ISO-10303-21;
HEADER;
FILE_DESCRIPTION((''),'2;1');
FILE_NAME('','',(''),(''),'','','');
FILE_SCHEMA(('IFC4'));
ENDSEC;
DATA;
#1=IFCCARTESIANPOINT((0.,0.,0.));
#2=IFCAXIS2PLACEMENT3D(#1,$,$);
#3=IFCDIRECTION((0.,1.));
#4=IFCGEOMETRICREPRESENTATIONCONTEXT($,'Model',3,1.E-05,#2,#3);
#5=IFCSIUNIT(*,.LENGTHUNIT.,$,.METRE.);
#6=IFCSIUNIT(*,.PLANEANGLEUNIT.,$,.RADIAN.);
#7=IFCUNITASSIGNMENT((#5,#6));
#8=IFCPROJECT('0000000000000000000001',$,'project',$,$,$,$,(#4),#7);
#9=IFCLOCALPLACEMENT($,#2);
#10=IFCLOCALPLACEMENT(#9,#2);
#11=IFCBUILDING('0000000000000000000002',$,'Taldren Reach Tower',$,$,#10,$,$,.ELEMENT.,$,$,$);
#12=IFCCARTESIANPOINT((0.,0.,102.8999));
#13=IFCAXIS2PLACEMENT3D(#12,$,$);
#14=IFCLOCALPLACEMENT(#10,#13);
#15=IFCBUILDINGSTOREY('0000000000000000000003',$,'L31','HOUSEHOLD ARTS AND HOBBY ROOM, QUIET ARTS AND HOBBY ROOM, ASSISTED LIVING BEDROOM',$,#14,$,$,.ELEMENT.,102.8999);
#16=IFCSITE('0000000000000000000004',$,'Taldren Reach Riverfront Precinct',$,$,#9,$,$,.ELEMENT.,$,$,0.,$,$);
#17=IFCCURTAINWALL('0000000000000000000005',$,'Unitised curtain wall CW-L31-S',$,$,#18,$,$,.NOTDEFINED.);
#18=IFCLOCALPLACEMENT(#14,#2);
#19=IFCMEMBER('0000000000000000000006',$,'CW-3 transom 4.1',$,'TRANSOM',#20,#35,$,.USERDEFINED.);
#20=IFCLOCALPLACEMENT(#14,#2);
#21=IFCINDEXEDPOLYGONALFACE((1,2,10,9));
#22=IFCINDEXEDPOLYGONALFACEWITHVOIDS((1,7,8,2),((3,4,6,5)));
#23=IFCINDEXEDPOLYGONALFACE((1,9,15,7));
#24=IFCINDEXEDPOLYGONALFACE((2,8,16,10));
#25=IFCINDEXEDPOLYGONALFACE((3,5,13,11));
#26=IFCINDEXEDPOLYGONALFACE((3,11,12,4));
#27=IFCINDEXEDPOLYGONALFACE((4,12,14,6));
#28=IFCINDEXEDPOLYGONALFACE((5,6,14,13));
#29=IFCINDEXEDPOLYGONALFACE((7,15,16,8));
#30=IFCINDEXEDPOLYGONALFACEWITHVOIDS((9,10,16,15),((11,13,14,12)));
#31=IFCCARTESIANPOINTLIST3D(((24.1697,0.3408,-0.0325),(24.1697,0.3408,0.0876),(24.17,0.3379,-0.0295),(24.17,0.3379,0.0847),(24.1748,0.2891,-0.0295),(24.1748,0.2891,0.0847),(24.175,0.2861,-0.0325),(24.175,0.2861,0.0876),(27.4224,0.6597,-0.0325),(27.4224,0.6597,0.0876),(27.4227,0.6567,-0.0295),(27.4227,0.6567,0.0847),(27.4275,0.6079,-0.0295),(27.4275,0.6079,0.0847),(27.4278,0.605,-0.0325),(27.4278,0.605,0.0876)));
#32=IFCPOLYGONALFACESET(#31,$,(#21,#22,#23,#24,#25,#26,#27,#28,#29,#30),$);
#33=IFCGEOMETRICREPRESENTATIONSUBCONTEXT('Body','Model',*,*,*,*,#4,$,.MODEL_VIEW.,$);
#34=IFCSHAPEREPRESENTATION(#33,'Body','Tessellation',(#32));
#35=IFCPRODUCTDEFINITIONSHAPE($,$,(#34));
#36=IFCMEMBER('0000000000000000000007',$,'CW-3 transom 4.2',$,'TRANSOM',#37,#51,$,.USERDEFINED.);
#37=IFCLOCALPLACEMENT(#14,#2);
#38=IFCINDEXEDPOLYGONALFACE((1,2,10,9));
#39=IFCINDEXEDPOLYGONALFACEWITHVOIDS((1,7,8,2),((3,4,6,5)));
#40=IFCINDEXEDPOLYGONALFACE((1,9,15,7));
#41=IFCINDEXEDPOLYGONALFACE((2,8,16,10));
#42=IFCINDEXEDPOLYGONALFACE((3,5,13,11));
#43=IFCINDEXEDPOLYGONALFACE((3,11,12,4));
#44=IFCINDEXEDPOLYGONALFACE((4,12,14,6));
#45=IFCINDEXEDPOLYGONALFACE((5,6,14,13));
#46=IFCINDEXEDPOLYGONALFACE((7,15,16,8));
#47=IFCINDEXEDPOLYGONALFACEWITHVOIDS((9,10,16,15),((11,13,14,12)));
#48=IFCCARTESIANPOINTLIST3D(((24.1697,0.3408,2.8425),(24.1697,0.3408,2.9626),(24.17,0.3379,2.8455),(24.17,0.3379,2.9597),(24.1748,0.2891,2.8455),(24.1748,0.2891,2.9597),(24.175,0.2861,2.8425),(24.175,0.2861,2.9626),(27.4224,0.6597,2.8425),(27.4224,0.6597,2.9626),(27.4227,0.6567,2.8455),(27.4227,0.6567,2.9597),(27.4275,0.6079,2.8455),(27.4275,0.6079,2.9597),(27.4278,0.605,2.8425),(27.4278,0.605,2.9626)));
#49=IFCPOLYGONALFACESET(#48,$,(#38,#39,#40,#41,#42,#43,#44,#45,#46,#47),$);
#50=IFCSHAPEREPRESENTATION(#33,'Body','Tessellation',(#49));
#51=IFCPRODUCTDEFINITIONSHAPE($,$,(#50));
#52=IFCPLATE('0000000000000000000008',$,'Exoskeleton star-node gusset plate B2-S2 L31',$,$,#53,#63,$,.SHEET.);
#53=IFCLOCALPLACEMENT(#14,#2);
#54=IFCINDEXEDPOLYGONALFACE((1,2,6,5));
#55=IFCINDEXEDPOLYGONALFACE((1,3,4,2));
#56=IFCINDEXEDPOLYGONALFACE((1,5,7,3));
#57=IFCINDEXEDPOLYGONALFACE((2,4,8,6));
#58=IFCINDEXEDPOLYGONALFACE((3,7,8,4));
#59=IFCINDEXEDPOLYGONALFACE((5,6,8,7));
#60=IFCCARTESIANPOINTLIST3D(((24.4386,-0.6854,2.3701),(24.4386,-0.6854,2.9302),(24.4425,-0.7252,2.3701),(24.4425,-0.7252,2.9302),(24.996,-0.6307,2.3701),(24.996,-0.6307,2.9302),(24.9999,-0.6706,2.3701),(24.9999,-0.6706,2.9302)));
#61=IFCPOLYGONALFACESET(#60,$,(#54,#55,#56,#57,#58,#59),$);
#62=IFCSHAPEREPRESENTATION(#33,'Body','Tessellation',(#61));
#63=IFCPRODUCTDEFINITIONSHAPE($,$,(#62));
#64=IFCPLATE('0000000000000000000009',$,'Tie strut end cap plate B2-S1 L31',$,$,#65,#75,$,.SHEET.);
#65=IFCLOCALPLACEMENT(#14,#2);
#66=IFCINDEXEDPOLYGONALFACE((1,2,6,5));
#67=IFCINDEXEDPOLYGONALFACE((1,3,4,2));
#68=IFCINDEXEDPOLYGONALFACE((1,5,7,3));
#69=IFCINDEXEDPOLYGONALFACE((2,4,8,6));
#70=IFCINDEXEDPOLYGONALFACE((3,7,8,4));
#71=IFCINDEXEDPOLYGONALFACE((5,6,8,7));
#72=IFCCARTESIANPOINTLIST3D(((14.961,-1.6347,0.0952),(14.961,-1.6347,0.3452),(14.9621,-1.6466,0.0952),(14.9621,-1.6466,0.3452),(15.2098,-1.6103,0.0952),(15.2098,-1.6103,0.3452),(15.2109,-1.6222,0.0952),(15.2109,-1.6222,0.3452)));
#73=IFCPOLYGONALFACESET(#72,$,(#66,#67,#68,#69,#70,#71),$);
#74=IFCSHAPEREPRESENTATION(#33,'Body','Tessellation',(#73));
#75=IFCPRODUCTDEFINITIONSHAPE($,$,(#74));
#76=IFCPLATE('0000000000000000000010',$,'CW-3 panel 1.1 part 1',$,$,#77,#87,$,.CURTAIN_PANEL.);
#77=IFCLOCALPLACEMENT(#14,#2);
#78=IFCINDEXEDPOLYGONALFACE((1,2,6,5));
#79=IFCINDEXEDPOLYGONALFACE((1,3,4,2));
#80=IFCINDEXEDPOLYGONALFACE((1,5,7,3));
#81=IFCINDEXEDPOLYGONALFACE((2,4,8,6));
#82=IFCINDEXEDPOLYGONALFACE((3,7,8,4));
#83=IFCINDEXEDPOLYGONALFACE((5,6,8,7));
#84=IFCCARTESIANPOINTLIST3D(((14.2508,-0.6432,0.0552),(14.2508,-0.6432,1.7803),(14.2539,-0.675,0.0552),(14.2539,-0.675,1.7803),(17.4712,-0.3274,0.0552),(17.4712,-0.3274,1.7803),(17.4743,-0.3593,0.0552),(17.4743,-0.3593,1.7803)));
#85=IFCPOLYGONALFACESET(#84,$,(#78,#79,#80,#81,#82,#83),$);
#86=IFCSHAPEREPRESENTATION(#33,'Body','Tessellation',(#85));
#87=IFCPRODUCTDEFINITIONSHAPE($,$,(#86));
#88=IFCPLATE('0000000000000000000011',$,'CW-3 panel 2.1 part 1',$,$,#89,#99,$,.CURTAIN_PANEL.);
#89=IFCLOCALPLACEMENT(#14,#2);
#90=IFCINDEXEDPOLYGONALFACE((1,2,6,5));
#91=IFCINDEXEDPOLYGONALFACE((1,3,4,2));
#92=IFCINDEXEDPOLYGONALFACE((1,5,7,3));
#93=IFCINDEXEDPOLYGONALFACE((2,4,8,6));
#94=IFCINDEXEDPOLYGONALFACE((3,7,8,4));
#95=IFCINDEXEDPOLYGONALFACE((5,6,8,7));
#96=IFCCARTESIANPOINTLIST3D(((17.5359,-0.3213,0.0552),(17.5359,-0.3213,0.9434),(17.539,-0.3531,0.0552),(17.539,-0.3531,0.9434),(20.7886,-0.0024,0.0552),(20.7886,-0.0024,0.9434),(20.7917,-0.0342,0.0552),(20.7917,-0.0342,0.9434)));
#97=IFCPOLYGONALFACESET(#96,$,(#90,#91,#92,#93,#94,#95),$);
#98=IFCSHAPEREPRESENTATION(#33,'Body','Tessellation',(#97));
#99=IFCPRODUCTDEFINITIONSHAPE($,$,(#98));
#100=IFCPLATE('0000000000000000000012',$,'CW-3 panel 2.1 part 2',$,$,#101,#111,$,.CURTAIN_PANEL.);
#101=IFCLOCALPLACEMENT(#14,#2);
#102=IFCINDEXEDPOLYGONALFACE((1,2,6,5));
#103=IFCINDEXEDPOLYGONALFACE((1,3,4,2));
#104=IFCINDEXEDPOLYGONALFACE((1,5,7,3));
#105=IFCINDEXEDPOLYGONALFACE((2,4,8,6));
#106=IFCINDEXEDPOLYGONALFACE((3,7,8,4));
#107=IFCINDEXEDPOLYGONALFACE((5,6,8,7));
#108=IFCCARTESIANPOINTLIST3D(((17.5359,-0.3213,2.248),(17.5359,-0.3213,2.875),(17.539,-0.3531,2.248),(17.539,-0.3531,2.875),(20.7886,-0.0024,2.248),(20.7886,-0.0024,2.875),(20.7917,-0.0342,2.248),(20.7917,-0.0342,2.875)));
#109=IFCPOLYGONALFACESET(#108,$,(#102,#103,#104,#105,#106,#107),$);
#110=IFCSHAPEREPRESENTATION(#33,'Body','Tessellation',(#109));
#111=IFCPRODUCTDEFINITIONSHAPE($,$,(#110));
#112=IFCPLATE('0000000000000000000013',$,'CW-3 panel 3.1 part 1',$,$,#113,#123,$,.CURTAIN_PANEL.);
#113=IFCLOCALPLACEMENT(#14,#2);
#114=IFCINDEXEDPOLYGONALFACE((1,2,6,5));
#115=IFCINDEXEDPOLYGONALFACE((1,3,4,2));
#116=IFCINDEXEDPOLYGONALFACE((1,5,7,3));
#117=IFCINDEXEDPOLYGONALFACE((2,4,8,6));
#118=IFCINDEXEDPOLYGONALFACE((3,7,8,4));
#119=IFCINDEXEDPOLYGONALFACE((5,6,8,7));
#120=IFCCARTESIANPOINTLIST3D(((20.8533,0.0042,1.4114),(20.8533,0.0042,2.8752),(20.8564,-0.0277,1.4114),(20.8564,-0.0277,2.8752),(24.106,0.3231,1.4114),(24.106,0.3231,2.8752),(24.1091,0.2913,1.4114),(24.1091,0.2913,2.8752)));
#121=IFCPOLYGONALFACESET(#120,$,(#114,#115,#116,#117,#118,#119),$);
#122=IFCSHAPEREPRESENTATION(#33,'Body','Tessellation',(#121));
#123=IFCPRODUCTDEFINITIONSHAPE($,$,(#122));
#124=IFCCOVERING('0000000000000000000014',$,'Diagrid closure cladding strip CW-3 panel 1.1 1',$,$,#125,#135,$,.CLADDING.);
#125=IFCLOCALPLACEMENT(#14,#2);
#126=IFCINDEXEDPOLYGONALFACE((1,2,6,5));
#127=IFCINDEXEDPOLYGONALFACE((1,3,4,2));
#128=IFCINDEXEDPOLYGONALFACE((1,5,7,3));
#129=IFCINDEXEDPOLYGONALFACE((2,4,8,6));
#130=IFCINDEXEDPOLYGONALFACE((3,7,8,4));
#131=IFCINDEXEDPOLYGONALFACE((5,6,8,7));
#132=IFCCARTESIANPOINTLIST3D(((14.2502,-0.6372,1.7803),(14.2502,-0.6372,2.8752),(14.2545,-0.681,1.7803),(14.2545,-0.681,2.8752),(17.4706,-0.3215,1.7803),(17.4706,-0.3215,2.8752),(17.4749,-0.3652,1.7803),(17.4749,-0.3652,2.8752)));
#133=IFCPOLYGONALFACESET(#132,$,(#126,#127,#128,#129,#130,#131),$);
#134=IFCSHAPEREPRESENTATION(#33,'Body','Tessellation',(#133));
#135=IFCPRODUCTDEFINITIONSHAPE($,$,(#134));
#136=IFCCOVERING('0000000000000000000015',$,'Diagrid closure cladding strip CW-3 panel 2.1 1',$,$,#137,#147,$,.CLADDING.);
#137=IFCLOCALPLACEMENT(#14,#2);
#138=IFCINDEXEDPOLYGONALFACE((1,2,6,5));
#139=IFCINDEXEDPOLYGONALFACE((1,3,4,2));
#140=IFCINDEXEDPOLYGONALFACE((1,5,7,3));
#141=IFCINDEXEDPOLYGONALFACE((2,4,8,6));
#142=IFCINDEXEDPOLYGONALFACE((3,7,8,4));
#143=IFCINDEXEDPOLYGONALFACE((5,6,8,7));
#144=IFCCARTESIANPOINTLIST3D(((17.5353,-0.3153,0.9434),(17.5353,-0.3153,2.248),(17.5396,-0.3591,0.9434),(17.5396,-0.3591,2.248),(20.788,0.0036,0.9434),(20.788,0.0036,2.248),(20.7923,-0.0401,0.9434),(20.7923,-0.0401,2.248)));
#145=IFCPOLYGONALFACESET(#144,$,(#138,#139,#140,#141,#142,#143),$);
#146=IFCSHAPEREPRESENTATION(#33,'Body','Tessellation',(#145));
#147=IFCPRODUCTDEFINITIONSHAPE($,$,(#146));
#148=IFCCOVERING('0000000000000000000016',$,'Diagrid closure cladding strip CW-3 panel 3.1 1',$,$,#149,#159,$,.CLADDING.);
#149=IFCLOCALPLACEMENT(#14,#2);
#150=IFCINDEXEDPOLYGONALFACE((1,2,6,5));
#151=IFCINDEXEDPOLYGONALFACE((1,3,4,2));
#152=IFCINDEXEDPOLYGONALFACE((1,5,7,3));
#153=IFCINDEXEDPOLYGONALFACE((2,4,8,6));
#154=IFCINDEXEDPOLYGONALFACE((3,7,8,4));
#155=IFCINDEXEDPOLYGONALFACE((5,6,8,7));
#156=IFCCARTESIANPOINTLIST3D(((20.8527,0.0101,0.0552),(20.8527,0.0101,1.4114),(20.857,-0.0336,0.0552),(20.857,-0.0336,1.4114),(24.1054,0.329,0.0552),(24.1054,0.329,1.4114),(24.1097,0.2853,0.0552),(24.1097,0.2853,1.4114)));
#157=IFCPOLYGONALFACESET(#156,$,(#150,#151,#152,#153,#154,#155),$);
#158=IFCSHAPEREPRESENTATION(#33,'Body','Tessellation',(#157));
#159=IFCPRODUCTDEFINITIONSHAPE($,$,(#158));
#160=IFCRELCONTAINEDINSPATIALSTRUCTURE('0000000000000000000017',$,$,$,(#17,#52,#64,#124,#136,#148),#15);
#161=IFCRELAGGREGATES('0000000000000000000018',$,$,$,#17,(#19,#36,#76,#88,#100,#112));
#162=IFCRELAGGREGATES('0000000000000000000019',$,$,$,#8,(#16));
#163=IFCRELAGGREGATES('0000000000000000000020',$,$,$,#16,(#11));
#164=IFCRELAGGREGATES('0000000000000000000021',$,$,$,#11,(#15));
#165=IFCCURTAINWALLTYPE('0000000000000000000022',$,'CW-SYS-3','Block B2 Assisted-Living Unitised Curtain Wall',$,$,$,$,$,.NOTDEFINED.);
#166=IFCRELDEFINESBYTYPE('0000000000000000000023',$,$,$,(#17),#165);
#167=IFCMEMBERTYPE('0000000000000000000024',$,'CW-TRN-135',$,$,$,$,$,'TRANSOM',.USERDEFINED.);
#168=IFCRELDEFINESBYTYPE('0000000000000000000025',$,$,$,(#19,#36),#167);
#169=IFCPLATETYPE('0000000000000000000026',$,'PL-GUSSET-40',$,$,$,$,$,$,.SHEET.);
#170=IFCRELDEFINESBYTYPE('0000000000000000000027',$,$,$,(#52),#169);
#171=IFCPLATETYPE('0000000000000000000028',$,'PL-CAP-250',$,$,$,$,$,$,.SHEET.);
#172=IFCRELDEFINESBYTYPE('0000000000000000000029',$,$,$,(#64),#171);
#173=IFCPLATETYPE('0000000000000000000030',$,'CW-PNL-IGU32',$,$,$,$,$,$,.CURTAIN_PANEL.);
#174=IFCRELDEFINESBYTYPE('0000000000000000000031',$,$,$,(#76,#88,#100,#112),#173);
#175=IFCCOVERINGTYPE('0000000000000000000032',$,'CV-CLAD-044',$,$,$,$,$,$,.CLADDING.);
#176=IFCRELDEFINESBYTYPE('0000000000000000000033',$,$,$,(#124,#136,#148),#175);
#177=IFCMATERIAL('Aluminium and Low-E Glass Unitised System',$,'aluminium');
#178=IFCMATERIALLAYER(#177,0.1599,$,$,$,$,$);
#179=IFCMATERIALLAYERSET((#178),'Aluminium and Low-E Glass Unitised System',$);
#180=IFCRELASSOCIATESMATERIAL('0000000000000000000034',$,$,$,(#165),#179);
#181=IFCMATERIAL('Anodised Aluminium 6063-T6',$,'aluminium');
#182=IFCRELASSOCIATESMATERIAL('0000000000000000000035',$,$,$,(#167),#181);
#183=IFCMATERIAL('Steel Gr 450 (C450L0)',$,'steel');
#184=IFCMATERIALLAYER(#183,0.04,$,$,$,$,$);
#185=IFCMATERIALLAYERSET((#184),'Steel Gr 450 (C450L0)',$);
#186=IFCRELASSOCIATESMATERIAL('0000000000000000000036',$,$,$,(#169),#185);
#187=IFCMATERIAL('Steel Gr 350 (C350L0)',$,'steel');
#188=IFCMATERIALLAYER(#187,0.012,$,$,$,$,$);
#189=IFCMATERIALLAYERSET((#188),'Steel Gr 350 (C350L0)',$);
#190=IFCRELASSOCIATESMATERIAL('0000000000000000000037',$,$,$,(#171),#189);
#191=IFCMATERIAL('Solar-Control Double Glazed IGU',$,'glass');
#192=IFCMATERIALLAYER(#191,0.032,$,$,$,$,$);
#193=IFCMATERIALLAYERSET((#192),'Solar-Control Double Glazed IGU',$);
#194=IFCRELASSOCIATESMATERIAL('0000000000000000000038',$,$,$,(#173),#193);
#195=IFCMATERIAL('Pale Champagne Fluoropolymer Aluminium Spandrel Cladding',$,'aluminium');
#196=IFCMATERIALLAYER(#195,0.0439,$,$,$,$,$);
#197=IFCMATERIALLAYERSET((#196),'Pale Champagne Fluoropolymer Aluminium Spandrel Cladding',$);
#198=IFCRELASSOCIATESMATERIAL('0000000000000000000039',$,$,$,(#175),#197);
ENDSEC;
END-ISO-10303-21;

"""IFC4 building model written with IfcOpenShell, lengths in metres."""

from ifc_helpers import new_model, si_unit, direction, frame, origin, origin_2d, place, context, subcontext, project, spatial, rectangle, hollow_rectangle, extrude, source, transform, mapped, material, layer, layer_set, material_profile, profile_set, type_object, element, aggregate, save


model = new_model("IFC4")

# Units and contexts
model_context = context("Model", 3, precision=1e-05, world=origin(), true_north=direction((0.0, 1.0)))
body_context = subcontext(model_context, "Body", "Model", "MODEL_VIEW")
ifc_project = project(units=[si_unit("LENGTHUNIT", "METRE"), si_unit("PLANEANGLEUNIT", "RADIAN")], contexts=[model_context])

# Site, building, storey
site_placement = place(None, origin())
site = spatial("IfcSite", under=ifc_project, at=site_placement, Name="Taldren Reach Riverfront Precinct", CompositionType="ELEMENT", RefElevation=0.0)
building_placement = place(site_placement, origin())
building = spatial("IfcBuilding", under=site, at=building_placement, Name="Taldren Reach Tower", CompositionType="ELEMENT")
storey_placement = place(building_placement, frame((0.0, 0.0, 102.8999)))
storey = spatial("IfcBuildingStorey", under=building, at=storey_placement, Name="L31", Description="HOUSEHOLD ARTS AND HOBBY ROOM, QUIET ARTS AND HOBBY ROOM, ASSISTED LIVING BEDROOM", CompositionType="ELEMENT", Elevation=102.8999)

# Shared definitions
ifc_material_1 = material(Name="Steel Gr 450 (C450L0)", Category="steel")
ifc_material_2 = material(Name="Steel Gr 350 (C350L0)", Category="steel")

# Curtain wall, members
ifc_material_3 = material(Name="Aluminium and Low-E Glass Unitised System", Category="aluminium")
ifc_layer_1 = layer(ifc_material_3, 0.1599)
ifc_layer_set_1 = layer_set([ifc_layer_1], Name="Aluminium and Low-E Glass Unitised System")
curtain_wall_type = type_object("IfcCurtainWallType", Name="CW-SYS-3", Description="Block B2 Assisted-Living Unitised Curtain Wall", PredefinedType="NOTDEFINED", material=ifc_layer_set_1)
curtain_wall_placement = place(storey_placement, origin())
curtain_wall = element("IfcCurtainWall", 1, at=curtain_wall_placement, inside=storey, type_object=curtain_wall_type, Name="Unitised curtain wall CW-L31-S", PredefinedType="NOTDEFINED")
ifc_material_4 = material(Name="Anodised Aluminium 6063-T6", Category="aluminium")
ifc_material_profile_1 = material_profile(ifc_material_4, hollow_rectangle(XDim=0.0549, YDim=0.1201, WallThickness=0.0029, at=origin_2d()), Name="ALU-120x55x3RHS")
ifc_profile_set_1 = profile_set([ifc_material_profile_1], Name="Anodised Aluminium 6063-T6")
member_type_1 = type_object("IfcMemberType", Name="CW-TRN-135", ElementType="TRANSOM", PredefinedType="USERDEFINED", material=ifc_profile_set_1)
shared_shape_1 = source(origin(), body_context, "Body", "SweptSolid", [
    extrude(hollow_rectangle(XDim=0.0549, YDim=0.1201, WallThickness=0.0029, at=origin_2d()), origin(), (0.0, 0.0, 1.0), 3.2683),
])
member_1_placement = place(storey_placement, frame((24.1724, 0.3135, 0.0276), z_axis=(0.99523, 0.097558, 0.0), x_axis=(-0.097558, 0.99523, 0.0)))
member_1 = element("IfcMember", 2, at=member_1_placement, type_object=member_type_1, Name="CW-3 transom 4.1", ObjectType="TRANSOM", PredefinedType="USERDEFINED", context=body_context, shape_type="MappedRepresentation", body=[
    mapped(shared_shape_1, transform((0.0, 0.0, 0.0), scale=1.0)),
])
member_2_placement = place(storey_placement, frame((24.1724, 0.3135, 2.9026), z_axis=(0.99523, 0.097558, 0.0), x_axis=(-0.097558, 0.99523, 0.0)))
member_2 = element("IfcMember", 3, at=member_2_placement, type_object=member_type_1, Name="CW-3 transom 4.2", ObjectType="TRANSOM", PredefinedType="USERDEFINED", context=body_context, shape_type="MappedRepresentation", body=[
    mapped(shared_shape_1, transform((0.0, 0.0, 0.0), scale=1.0)),
])

# Plates
ifc_layer_2 = layer(ifc_material_1, 0.04)
ifc_layer_set_2 = layer_set([ifc_layer_2], Name="Steel Gr 450 (C450L0)")
plate_type_1 = type_object("IfcPlateType", Name="PL-GUSSET-40", PredefinedType="SHEET", material=ifc_layer_set_2)
shared_shape_2 = source(origin(), body_context, "Body", "SweptSolid", [
    extrude(rectangle(XDim=0.5601, YDim=0.04, at=origin_2d()), origin(), (0.0, 0.0, 1.0), 0.5601),
])
plate_1_placement = place(storey_placement, frame((24.7192, -0.678, 2.3701), z_axis=(0.0, 0.0, 1.0), x_axis=(0.995227, 0.097583, 0.0)))
element("IfcPlate", 4, at=plate_1_placement, inside=storey, type_object=plate_type_1, Name="Exoskeleton star-node gusset plate B2-S2 L31", PredefinedType="SHEET", context=body_context, shape_type="MappedRepresentation", body=[
    mapped(shared_shape_2, transform((0.0, 0.0, 0.0), scale=1.0)),
])
ifc_layer_3 = layer(ifc_material_2, 0.012)
ifc_layer_set_3 = layer_set([ifc_layer_3], Name="Steel Gr 350 (C350L0)")
plate_type_2 = type_object("IfcPlateType", Name="PL-CAP-250", PredefinedType="SHEET", material=ifc_layer_set_3)
shared_shape_3 = source(origin(), body_context, "Body", "SweptSolid", [
    extrude(rectangle(XDim=0.25, YDim=0.012, at=origin_2d()), origin(), (0.0, 0.0, 1.0), 0.25),
])
plate_2_placement = place(storey_placement, frame((15.0859, -1.6284, 0.0952), z_axis=(0.0, 0.0, 1.0), x_axis=(0.995227, 0.097583, 0.0)))
element("IfcPlate", 5, at=plate_2_placement, inside=storey, type_object=plate_type_2, Name="Tie strut end cap plate B2-S1 L31", PredefinedType="SHEET", context=body_context, shape_type="MappedRepresentation", body=[
    mapped(shared_shape_3, transform((0.0, 0.0, 0.0), scale=1.0)),
])

# Plates
ifc_material_5 = material(Name="Solar-Control Double Glazed IGU", Category="glass")
ifc_layer_4 = layer(ifc_material_5, 0.032)
ifc_layer_set_4 = layer_set([ifc_layer_4], Name="Solar-Control Double Glazed IGU")
plate_type_3 = type_object("IfcPlateType", Name="CW-PNL-IGU32", PredefinedType="CURTAIN_PANEL", material=ifc_layer_set_4)
shared_shape_4 = source(origin(), body_context, "Body", "SweptSolid", [
    extrude(rectangle(XDim=3.2358, YDim=0.032, at=origin_2d()), origin(), (0.0, 0.0, 1.0), 1.7251),
])
plate_3_placement = place(storey_placement, frame((15.8625, -0.5012, 0.0552), z_axis=(0.0, 0.0, 1.0), x_axis=(0.995227, 0.097583, 0.0)))
plate_3 = element("IfcPlate", 6, at=plate_3_placement, type_object=plate_type_3, Name="CW-3 panel 1.1 part 1", PredefinedType="CURTAIN_PANEL", context=body_context, shape_type="MappedRepresentation", body=[
    mapped(shared_shape_4, transform((0.0, 0.0, 0.0), scale=1.0)),
])
shared_shape_5 = source(origin(), body_context, "Body", "SweptSolid", [
    extrude(rectangle(XDim=3.2683, YDim=0.032, at=origin_2d()), origin(), (0.0, 0.0, 1.0), 0.8882),
])
plate_4_placement = place(storey_placement, frame((19.1638, -0.1777, 0.0552), z_axis=(0.0, 0.0, 1.0), x_axis=(0.995227, 0.097583, 0.0)))
plate_4 = element("IfcPlate", 7, at=plate_4_placement, type_object=plate_type_3, Name="CW-3 panel 2.1 part 1", PredefinedType="CURTAIN_PANEL", context=body_context, shape_type="MappedRepresentation", body=[
    mapped(shared_shape_5, transform((0.0, 0.0, 0.0), scale=1.0)),
])
shared_shape_6 = source(origin(), body_context, "Body", "SweptSolid", [
    extrude(rectangle(XDim=3.2683, YDim=0.032, at=origin_2d()), origin(), (0.0, 0.0, 1.0), 0.627),
])
plate_5_placement = place(storey_placement, frame((19.1638, -0.1777, 2.248), z_axis=(0.0, 0.0, 1.0), x_axis=(0.995227, 0.097583, 0.0)))
plate_5 = element("IfcPlate", 8, at=plate_5_placement, type_object=plate_type_3, Name="CW-3 panel 2.1 part 2", PredefinedType="CURTAIN_PANEL", context=body_context, shape_type="MappedRepresentation", body=[
    mapped(shared_shape_6, transform((0.0, 0.0, 0.0), scale=1.0)),
])
shared_shape_7 = source(origin(), body_context, "Body", "SweptSolid", [
    extrude(rectangle(XDim=3.2683, YDim=0.032, at=origin_2d()), origin(), (0.0, 0.0, 1.0), 1.4639),
])
plate_6_placement = place(storey_placement, frame((22.4812, 0.1477, 1.4114), z_axis=(0.0, 0.0, 1.0), x_axis=(0.995227, 0.097583, 0.0)))
plate_6 = element("IfcPlate", 9, at=plate_6_placement, type_object=plate_type_3, Name="CW-3 panel 3.1 part 1", PredefinedType="CURTAIN_PANEL", context=body_context, shape_type="MappedRepresentation", body=[
    mapped(shared_shape_7, transform((0.0, 0.0, 0.0), scale=1.0)),
])
aggregate(curtain_wall, [member_1, member_2, plate_3, plate_4, plate_5, plate_6])

# Coverings
ifc_material_6 = material(Name="Pale Champagne Fluoropolymer Aluminium Spandrel Cladding", Category="aluminium")
ifc_layer_5 = layer(ifc_material_6, 0.0439)
ifc_layer_set_5 = layer_set([ifc_layer_5], Name="Pale Champagne Fluoropolymer Aluminium Spandrel Cladding")
covering_type = type_object("IfcCoveringType", Name="CV-CLAD-044", PredefinedType="CLADDING", material=ifc_layer_set_5)
shared_shape_8 = source(origin(), body_context, "Body", "SweptSolid", [
    extrude(rectangle(XDim=3.2358, YDim=0.0439, at=origin_2d()), origin(), (0.0, 0.0, 1.0), 1.095),
])
covering_1_placement = place(storey_placement, frame((15.8625, -0.5012, 1.7803), z_axis=(0.0, 0.0, 1.0), x_axis=(0.995227, 0.097583, 0.0)))
element("IfcCovering", 10, at=covering_1_placement, inside=storey, type_object=covering_type, Name="Diagrid closure cladding strip CW-3 panel 1.1 1", PredefinedType="CLADDING", context=body_context, shape_type="MappedRepresentation", body=[
    mapped(shared_shape_8, transform((0.0, 0.0, 0.0), scale=1.0)),
])
shared_shape_9 = source(origin(), body_context, "Body", "SweptSolid", [
    extrude(rectangle(XDim=3.2683, YDim=0.0439, at=origin_2d()), origin(), (0.0, 0.0, 1.0), 1.3047),
])
covering_2_placement = place(storey_placement, frame((19.1638, -0.1777, 0.9434), z_axis=(0.0, 0.0, 1.0), x_axis=(0.995227, 0.097583, 0.0)))
element("IfcCovering", 11, at=covering_2_placement, inside=storey, type_object=covering_type, Name="Diagrid closure cladding strip CW-3 panel 2.1 1", PredefinedType="CLADDING", context=body_context, shape_type="MappedRepresentation", body=[
    mapped(shared_shape_9, transform((0.0, 0.0, 0.0), scale=1.0)),
])
shared_shape_10 = source(origin(), body_context, "Body", "SweptSolid", [
    extrude(rectangle(XDim=3.2683, YDim=0.0439, at=origin_2d()), origin(), (0.0, 0.0, 1.0), 1.3562),
])
covering_3_placement = place(storey_placement, frame((22.4812, 0.1477, 0.0552), z_axis=(0.0, 0.0, 1.0), x_axis=(0.995227, 0.097583, 0.0)))
element("IfcCovering", 12, at=covering_3_placement, inside=storey, type_object=covering_type, Name="Diagrid closure cladding strip CW-3 panel 3.1 1", PredefinedType="CLADDING", context=body_context, shape_type="MappedRepresentation", body=[
    mapped(shared_shape_10, transform((0.0, 0.0, 0.0), scale=1.0)),
])

save(model, "model.ifc")
